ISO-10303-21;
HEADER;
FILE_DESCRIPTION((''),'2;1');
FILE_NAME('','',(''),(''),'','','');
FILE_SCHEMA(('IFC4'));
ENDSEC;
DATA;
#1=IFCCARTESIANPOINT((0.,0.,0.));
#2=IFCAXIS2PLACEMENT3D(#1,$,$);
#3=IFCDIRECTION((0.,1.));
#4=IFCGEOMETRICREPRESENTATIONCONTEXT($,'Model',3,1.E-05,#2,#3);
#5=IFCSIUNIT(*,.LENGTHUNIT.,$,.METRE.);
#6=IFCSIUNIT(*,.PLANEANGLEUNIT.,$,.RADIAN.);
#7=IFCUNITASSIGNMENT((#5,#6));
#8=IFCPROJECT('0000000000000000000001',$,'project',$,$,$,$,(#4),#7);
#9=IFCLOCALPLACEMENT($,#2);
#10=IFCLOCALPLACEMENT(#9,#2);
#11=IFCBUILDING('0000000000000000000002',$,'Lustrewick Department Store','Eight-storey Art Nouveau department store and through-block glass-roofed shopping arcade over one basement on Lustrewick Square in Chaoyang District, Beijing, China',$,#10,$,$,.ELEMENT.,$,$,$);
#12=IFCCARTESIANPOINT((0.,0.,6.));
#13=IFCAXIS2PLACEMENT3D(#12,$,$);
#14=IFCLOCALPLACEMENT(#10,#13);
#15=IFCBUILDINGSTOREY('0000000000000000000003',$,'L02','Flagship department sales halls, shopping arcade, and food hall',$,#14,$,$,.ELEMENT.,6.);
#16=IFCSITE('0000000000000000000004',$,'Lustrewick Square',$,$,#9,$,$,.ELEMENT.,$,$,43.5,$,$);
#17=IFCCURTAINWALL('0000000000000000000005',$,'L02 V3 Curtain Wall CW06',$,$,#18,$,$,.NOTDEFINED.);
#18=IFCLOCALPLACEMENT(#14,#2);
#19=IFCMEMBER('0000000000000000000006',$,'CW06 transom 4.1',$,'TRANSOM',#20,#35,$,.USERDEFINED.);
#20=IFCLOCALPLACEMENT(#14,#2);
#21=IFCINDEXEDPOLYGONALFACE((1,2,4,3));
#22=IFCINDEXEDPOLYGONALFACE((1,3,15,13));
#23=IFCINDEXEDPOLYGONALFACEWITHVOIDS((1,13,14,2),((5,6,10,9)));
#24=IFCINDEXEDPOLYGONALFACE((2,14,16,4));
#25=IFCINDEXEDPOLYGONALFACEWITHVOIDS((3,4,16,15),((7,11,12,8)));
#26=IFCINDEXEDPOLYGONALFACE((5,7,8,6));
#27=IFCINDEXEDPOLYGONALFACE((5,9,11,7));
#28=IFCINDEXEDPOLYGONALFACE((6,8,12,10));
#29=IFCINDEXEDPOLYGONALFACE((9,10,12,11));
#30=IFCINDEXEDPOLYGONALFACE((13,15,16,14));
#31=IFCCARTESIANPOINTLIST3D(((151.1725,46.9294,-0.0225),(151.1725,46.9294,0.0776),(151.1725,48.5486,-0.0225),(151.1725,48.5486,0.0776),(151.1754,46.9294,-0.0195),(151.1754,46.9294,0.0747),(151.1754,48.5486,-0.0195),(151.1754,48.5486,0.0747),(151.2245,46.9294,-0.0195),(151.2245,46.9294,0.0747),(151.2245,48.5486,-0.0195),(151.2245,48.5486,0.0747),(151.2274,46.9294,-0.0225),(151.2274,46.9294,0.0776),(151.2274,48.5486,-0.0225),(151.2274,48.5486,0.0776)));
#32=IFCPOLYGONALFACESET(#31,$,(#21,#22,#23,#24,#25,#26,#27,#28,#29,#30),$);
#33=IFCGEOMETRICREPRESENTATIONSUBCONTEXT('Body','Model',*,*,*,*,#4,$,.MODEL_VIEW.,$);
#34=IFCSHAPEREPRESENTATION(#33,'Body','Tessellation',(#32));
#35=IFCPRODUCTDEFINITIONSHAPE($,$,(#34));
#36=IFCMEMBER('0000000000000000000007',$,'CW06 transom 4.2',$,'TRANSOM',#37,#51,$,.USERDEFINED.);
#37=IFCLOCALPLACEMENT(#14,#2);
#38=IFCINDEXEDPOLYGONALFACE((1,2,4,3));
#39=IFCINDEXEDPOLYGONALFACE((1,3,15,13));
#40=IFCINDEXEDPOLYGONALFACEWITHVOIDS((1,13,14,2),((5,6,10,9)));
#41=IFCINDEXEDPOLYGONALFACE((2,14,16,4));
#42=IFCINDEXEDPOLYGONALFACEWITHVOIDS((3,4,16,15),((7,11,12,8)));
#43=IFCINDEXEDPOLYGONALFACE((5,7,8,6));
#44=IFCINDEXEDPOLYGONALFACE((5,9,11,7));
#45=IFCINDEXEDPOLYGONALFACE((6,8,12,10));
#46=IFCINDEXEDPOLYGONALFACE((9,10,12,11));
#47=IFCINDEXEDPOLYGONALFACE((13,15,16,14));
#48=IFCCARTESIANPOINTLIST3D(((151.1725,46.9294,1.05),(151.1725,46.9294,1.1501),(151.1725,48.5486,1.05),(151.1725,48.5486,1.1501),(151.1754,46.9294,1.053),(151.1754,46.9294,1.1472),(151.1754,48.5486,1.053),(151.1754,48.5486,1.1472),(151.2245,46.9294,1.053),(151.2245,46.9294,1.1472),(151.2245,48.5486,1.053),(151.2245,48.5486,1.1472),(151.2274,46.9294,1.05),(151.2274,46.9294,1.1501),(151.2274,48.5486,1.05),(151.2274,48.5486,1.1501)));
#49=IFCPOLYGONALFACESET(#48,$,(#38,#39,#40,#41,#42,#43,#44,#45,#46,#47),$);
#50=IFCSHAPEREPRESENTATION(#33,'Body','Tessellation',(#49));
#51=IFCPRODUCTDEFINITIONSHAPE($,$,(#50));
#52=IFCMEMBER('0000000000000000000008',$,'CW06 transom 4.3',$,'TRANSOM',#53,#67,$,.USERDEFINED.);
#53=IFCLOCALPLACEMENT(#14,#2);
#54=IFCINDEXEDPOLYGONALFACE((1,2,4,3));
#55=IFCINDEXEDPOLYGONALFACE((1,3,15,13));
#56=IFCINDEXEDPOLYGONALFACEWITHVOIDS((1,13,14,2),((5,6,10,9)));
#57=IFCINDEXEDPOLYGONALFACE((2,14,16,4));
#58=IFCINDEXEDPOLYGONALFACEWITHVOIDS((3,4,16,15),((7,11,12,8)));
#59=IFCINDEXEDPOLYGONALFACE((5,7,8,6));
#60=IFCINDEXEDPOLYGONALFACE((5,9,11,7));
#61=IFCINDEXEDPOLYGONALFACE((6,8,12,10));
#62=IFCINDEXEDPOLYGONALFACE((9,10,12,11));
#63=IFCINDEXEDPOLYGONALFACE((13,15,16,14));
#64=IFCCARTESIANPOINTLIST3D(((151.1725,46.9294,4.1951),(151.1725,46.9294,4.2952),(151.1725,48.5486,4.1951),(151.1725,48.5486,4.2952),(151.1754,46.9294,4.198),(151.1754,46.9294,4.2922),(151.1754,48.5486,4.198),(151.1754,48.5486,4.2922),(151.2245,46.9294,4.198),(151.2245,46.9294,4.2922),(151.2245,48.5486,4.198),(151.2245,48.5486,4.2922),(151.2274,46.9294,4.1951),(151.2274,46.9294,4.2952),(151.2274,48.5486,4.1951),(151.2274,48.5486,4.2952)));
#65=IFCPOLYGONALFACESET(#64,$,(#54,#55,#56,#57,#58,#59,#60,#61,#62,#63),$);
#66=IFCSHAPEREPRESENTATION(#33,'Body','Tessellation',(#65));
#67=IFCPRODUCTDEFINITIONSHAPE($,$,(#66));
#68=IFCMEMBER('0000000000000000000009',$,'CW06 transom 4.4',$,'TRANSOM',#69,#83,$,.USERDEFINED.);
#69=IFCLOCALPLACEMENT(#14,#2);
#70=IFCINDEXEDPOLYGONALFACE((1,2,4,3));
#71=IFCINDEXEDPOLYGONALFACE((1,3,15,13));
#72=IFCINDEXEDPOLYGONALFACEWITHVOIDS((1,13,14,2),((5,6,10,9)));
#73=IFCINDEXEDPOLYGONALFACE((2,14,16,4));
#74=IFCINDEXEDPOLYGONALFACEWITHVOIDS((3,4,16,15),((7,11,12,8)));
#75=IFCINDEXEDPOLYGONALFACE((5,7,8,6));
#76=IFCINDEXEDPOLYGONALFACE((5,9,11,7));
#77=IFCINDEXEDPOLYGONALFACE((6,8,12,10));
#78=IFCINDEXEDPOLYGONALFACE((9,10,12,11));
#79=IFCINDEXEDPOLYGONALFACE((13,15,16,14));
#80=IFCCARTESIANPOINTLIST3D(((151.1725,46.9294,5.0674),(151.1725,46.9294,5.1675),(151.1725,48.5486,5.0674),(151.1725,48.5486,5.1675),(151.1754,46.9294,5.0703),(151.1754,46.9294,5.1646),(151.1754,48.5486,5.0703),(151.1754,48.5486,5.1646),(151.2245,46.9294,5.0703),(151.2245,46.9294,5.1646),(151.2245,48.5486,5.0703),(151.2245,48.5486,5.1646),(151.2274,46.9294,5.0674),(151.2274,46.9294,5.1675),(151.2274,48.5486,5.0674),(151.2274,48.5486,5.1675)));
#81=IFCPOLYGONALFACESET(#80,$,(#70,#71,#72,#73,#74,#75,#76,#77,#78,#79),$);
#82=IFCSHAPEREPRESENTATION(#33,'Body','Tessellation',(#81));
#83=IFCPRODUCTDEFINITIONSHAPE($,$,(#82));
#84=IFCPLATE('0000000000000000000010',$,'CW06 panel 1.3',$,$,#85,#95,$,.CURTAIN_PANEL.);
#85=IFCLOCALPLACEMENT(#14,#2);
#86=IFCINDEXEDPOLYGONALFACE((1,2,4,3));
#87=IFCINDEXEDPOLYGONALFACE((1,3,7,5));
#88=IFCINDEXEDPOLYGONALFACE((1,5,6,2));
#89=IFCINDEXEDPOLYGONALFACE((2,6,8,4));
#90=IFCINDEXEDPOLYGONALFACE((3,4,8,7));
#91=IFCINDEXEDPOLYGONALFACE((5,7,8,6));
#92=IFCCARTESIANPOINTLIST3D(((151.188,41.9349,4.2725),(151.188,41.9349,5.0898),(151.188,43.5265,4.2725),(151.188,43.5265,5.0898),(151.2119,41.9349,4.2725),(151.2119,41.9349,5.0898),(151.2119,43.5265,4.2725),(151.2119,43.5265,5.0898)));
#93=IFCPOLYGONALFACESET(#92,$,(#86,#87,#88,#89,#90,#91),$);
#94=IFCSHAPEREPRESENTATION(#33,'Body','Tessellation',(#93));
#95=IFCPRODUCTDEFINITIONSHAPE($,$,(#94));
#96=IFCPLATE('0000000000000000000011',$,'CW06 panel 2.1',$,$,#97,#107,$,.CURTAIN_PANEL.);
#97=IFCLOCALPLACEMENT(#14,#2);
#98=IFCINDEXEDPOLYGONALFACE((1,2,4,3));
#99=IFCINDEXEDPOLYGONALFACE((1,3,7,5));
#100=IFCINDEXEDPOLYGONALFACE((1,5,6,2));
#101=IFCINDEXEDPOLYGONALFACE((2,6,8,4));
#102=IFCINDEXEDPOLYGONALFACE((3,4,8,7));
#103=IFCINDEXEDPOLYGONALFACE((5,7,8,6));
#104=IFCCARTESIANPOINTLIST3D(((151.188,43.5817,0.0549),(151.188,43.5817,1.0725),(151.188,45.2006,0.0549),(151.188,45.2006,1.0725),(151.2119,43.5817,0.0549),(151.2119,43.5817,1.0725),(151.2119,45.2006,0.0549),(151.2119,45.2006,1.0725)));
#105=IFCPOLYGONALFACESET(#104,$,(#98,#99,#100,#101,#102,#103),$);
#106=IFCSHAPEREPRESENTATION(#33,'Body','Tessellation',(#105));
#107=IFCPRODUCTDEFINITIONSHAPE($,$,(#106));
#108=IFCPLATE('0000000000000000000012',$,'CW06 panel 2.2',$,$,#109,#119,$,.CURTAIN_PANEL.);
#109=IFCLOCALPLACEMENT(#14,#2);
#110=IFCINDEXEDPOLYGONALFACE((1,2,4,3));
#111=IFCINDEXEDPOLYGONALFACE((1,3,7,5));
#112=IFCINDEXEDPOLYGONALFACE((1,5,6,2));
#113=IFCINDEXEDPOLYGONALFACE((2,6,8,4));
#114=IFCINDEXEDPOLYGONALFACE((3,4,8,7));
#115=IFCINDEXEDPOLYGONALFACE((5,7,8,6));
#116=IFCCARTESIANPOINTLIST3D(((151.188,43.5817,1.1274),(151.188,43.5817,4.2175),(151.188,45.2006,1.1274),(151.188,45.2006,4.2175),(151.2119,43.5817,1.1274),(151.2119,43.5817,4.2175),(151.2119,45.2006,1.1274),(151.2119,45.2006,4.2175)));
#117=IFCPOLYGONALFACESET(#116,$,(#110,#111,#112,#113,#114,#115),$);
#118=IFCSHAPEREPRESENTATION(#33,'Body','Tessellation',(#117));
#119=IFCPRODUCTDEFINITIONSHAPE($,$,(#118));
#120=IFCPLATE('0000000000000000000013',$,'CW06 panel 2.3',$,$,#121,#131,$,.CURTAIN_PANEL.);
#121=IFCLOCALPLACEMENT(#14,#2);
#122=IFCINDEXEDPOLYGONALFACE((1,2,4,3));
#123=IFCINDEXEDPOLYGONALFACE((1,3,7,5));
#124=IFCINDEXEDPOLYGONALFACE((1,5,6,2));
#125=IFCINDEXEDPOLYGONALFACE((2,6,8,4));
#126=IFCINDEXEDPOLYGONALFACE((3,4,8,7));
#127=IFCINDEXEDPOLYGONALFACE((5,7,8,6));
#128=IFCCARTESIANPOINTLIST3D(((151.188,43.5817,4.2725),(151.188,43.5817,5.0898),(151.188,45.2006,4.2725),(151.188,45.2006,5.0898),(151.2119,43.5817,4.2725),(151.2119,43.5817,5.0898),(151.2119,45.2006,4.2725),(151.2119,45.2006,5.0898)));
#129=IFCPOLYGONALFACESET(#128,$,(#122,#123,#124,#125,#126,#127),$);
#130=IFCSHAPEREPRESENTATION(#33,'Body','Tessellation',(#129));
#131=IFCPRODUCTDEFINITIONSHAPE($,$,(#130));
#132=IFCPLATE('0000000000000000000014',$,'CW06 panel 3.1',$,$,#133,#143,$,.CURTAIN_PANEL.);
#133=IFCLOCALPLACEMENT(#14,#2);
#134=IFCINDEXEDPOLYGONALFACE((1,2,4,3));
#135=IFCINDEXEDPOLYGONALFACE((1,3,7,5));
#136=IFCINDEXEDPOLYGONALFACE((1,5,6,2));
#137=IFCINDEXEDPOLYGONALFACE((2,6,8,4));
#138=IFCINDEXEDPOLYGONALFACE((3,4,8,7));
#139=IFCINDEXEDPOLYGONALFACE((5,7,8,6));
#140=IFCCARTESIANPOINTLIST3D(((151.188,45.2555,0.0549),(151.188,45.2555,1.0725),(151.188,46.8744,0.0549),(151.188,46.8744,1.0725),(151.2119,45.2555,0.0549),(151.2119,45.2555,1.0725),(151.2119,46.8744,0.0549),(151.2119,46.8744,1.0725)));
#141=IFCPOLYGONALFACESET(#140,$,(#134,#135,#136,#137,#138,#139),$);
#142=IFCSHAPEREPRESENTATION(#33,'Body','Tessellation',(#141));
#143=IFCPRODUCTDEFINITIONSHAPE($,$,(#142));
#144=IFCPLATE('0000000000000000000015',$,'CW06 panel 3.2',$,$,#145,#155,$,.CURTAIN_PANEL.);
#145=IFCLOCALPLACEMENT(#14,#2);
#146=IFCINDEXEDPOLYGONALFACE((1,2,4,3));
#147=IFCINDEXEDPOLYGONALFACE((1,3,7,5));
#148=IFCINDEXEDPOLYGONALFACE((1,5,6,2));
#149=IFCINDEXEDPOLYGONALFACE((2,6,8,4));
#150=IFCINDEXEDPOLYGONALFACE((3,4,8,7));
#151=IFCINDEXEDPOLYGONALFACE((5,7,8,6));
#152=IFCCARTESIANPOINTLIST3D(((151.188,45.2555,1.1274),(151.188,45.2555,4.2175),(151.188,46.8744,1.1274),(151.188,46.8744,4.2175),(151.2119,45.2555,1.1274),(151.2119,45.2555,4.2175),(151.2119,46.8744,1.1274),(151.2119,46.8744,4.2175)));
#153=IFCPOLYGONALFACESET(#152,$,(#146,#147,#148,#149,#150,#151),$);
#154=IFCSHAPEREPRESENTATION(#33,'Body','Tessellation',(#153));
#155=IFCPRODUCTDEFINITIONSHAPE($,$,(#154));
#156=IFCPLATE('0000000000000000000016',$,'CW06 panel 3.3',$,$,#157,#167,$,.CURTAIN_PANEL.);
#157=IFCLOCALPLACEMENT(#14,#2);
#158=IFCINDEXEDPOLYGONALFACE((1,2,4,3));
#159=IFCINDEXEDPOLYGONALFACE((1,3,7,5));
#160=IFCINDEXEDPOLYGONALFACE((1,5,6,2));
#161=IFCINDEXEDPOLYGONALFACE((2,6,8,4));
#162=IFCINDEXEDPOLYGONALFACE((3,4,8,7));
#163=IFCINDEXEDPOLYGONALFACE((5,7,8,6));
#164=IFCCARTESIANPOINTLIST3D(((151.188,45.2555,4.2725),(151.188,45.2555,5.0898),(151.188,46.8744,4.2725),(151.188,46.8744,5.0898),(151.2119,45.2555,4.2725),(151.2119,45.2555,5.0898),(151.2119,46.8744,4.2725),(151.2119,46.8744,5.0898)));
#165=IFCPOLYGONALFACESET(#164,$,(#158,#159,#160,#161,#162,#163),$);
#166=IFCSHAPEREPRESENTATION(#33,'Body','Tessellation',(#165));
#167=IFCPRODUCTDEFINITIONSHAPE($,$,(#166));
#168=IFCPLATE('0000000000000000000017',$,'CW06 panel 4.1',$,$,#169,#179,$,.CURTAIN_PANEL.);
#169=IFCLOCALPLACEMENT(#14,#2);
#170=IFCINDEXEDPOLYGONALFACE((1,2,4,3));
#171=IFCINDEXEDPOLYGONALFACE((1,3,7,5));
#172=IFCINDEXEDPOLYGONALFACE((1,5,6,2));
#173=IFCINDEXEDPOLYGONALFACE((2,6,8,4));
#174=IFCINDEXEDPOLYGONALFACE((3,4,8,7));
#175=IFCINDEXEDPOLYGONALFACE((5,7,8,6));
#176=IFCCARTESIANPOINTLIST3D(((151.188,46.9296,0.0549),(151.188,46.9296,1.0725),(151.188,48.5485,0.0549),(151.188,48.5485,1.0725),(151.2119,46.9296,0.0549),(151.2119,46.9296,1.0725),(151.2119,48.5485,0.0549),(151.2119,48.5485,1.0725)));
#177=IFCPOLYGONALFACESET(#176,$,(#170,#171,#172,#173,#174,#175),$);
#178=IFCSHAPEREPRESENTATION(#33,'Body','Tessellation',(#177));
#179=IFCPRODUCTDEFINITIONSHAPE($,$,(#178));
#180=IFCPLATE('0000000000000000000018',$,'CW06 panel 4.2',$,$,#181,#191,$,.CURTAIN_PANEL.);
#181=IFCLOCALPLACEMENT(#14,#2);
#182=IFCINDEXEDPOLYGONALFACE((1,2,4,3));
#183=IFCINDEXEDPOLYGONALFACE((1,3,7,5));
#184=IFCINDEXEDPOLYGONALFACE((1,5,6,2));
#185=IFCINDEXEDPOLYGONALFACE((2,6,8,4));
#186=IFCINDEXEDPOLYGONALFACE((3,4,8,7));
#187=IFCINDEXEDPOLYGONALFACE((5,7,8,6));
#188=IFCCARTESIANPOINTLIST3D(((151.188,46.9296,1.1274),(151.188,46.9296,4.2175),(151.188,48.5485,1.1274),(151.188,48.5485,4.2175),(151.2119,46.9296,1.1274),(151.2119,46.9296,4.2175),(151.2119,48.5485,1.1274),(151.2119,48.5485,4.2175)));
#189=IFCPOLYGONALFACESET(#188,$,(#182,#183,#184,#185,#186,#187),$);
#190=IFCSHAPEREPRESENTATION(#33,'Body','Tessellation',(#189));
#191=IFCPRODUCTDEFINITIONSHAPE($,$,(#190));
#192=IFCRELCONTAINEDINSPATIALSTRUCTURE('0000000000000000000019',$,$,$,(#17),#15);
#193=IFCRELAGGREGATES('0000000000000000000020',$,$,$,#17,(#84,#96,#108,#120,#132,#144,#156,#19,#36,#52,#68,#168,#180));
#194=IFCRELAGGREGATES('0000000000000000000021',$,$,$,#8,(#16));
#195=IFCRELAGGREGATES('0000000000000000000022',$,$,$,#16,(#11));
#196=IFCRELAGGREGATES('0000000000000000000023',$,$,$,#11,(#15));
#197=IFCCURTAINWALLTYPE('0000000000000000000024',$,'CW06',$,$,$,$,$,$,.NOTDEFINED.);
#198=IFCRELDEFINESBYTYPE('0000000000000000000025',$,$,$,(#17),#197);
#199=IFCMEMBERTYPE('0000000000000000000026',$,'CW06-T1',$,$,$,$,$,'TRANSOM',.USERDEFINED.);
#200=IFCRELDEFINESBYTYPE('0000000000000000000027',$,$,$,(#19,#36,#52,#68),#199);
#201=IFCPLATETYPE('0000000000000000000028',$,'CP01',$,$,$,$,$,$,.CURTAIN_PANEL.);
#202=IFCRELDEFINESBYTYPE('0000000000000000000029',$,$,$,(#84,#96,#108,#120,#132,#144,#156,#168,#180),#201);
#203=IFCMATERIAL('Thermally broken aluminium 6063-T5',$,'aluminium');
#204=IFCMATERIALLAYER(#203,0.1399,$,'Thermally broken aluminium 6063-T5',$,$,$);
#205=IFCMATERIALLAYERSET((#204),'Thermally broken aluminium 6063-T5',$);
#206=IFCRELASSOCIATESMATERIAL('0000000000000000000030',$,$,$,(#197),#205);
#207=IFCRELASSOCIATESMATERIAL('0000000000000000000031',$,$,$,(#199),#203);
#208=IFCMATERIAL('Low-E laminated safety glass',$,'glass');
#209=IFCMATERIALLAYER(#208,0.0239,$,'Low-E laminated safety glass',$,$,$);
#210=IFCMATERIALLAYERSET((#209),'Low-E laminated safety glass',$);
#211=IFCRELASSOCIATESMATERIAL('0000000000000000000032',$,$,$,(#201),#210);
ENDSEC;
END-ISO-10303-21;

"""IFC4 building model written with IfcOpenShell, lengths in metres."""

from ifc_helpers import new_model, si_unit, direction, frame, origin, origin_2d, place, context, subcontext, project, spatial, rectangle, hollow_rectangle, extrude, material, layer, layer_set, material_profile, profile_set, type_object, element, aggregate, save


model = new_model("IFC4")

# Units and contexts
model_context = context("Model", 3, precision=1e-05, world=origin(), true_north=direction((0.0, 1.0)))
body_context = subcontext(model_context, "Body", "Model", "MODEL_VIEW")
ifc_project = project(units=[si_unit("LENGTHUNIT", "METRE"), si_unit("PLANEANGLEUNIT", "RADIAN")], contexts=[model_context])

# Site, building, storey
site_placement = place(None, origin())
site = spatial("IfcSite", under=ifc_project, at=site_placement, Name="Lustrewick Square", CompositionType="ELEMENT", RefElevation=43.5)
building_placement = place(site_placement, origin())
building = spatial("IfcBuilding", under=site, at=building_placement, Name="Lustrewick Department Store", Description="Eight-storey Art Nouveau department store and through-block glass-roofed shopping arcade over one basement on Lustrewick Square in Chaoyang District, Beijing, China", CompositionType="ELEMENT")
storey_placement = place(building_placement, frame((0.0, 0.0, 6.0)))
storey = spatial("IfcBuildingStorey", under=building, at=storey_placement, Name="L02", Description="Flagship department sales halls, shopping arcade, and food hall", CompositionType="ELEMENT", Elevation=6.0)

# Curtain wall, members, plates
ifc_material_1 = material(Name="Thermally broken aluminium 6063-T5", Category="aluminium")
ifc_layer_1 = layer(ifc_material_1, 0.1399, Name="Thermally broken aluminium 6063-T5")
ifc_layer_set_1 = layer_set([ifc_layer_1], Name="Thermally broken aluminium 6063-T5")
curtain_wall_type = type_object("IfcCurtainWallType", Name="CW06", PredefinedType="NOTDEFINED", material=ifc_layer_set_1)
curtain_wall_placement = place(storey_placement, origin())
curtain_wall = element("IfcCurtainWall", 1, at=curtain_wall_placement, inside=storey, type_object=curtain_wall_type, Name="L02 V3 Curtain Wall CW06", PredefinedType="NOTDEFINED")
ifc_material_profile_1 = material_profile(ifc_material_1, hollow_rectangle(XDim=0.0549, YDim=0.1001, WallThickness=0.0029, at=origin_2d()), Name="ALU-T 55x100x3")
ifc_profile_set_1 = profile_set([ifc_material_profile_1], Name="Thermally broken aluminium 6063-T5")
member_type_1 = type_object("IfcMemberType", Name="CW06-T1", ElementType="TRANSOM", PredefinedType="USERDEFINED", material=ifc_profile_set_1)
member_1_placement = place(storey_placement, frame((151.2, 46.9294, 0.0276), z_axis=(0.0, 1.0, 0.0), x_axis=(-1.0, 0.0, 0.0)))
member_1 = element("IfcMember", 2, at=member_1_placement, type_object=member_type_1, Name="CW06 transom 4.1", ObjectType="TRANSOM", PredefinedType="USERDEFINED", context=body_context, shape_type="SweptSolid", body=[
    extrude(hollow_rectangle(XDim=0.0549, YDim=0.1001, WallThickness=0.0029, at=origin_2d()), origin(), (0.0, 0.0, 1.0), 1.6191),
])
member_2_placement = place(storey_placement, frame((151.2, 46.9294, 1.1001), z_axis=(0.0, 1.0, 0.0), x_axis=(-1.0, 0.0, 0.0)))
member_2 = element("IfcMember", 3, at=member_2_placement, type_object=member_type_1, Name="CW06 transom 4.2", ObjectType="TRANSOM", PredefinedType="USERDEFINED", context=body_context, shape_type="SweptSolid", body=[
    extrude(hollow_rectangle(XDim=0.0549, YDim=0.1001, WallThickness=0.0029, at=origin_2d()), origin(), (0.0, 0.0, 1.0), 1.6191),
])
member_3_placement = place(storey_placement, frame((151.2, 46.9294, 4.2451), z_axis=(0.0, 1.0, 0.0), x_axis=(-1.0, 0.0, 0.0)))
member_3 = element("IfcMember", 4, at=member_3_placement, type_object=member_type_1, Name="CW06 transom 4.3", ObjectType="TRANSOM", PredefinedType="USERDEFINED", context=body_context, shape_type="SweptSolid", body=[
    extrude(hollow_rectangle(XDim=0.0549, YDim=0.1001, WallThickness=0.0029, at=origin_2d()), origin(), (0.0, 0.0, 1.0), 1.6191),
])
member_4_placement = place(storey_placement, frame((151.2, 46.9294, 5.1174), z_axis=(0.0, 1.0, 0.0), x_axis=(-1.0, 0.0, 0.0)))
member_4 = element("IfcMember", 5, at=member_4_placement, type_object=member_type_1, Name="CW06 transom 4.4", ObjectType="TRANSOM", PredefinedType="USERDEFINED", context=body_context, shape_type="SweptSolid", body=[
    extrude(hollow_rectangle(XDim=0.0549, YDim=0.1001, WallThickness=0.0029, at=origin_2d()), origin(), (0.0, 0.0, 1.0), 1.6191),
])
ifc_material_2 = material(Name="Low-E laminated safety glass", Category="glass")
ifc_layer_2 = layer(ifc_material_2, 0.0239, Name="Low-E laminated safety glass")
ifc_layer_set_2 = layer_set([ifc_layer_2], Name="Low-E laminated safety glass")
plate_type_1 = type_object("IfcPlateType", Name="CP01", PredefinedType="CURTAIN_PANEL", material=ifc_layer_set_2)
plate_1_placement = place(storey_placement, frame((151.2, 42.7307, 4.2725), z_axis=(0.0, 0.0, 1.0), x_axis=(0.0, 1.0, 0.0)))
plate_1 = element("IfcPlate", 6, at=plate_1_placement, type_object=plate_type_1, Name="CW06 panel 1.3", PredefinedType="CURTAIN_PANEL", context=body_context, shape_type="SweptSolid", body=[
    extrude(rectangle(XDim=1.5916, YDim=0.0239, at=origin_2d()), origin(), (0.0, 0.0, 1.0), 0.8174),
])
plate_2_placement = place(storey_placement, frame((151.2, 44.3911, 0.0549), z_axis=(0.0, 0.0, 1.0), x_axis=(0.0, 1.0, 0.0)))
plate_2 = element("IfcPlate", 7, at=plate_2_placement, type_object=plate_type_1, Name="CW06 panel 2.1", PredefinedType="CURTAIN_PANEL", context=body_context, shape_type="SweptSolid", body=[
    extrude(rectangle(XDim=1.6189, YDim=0.0239, at=origin_2d()), origin(), (0.0, 0.0, 1.0), 1.0176),
])
plate_3_placement = place(storey_placement, frame((151.2, 44.3911, 1.1274), z_axis=(0.0, 0.0, 1.0), x_axis=(0.0, 1.0, 0.0)))
plate_3 = element("IfcPlate", 8, at=plate_3_placement, type_object=plate_type_1, Name="CW06 panel 2.2", PredefinedType="CURTAIN_PANEL", context=body_context, shape_type="SweptSolid", body=[
    extrude(rectangle(XDim=1.6189, YDim=0.0239, at=origin_2d()), origin(), (0.0, 0.0, 1.0), 3.0901),
])
plate_4_placement = place(storey_placement, frame((151.2, 44.3911, 4.2725), z_axis=(0.0, 0.0, 1.0), x_axis=(0.0, 1.0, 0.0)))
plate_4 = element("IfcPlate", 9, at=plate_4_placement, type_object=plate_type_1, Name="CW06 panel 2.3", PredefinedType="CURTAIN_PANEL", context=body_context, shape_type="SweptSolid", body=[
    extrude(rectangle(XDim=1.6189, YDim=0.0239, at=origin_2d()), origin(), (0.0, 0.0, 1.0), 0.8174),
])
plate_5_placement = place(storey_placement, frame((151.2, 46.0649, 0.0549), z_axis=(0.0, 0.0, 1.0), x_axis=(0.0, 1.0, 0.0)))
plate_5 = element("IfcPlate", 10, at=plate_5_placement, type_object=plate_type_1, Name="CW06 panel 3.1", PredefinedType="CURTAIN_PANEL", context=body_context, shape_type="SweptSolid", body=[
    extrude(rectangle(XDim=1.6189, YDim=0.0239, at=origin_2d()), origin(), (0.0, 0.0, 1.0), 1.0176),
])
plate_6_placement = place(storey_placement, frame((151.2, 46.0649, 1.1274), z_axis=(0.0, 0.0, 1.0), x_axis=(0.0, 1.0, 0.0)))
plate_6 = element("IfcPlate", 11, at=plate_6_placement, type_object=plate_type_1, Name="CW06 panel 3.2", PredefinedType="CURTAIN_PANEL", context=body_context, shape_type="SweptSolid", body=[
    extrude(rectangle(XDim=1.6189, YDim=0.0239, at=origin_2d()), origin(), (0.0, 0.0, 1.0), 3.0901),
])
plate_7_placement = place(storey_placement, frame((151.2, 46.0649, 4.2725), z_axis=(0.0, 0.0, 1.0), x_axis=(0.0, 1.0, 0.0)))
plate_7 = element("IfcPlate", 12, at=plate_7_placement, type_object=plate_type_1, Name="CW06 panel 3.3", PredefinedType="CURTAIN_PANEL", context=body_context, shape_type="SweptSolid", body=[
    extrude(rectangle(XDim=1.6189, YDim=0.0239, at=origin_2d()), origin(), (0.0, 0.0, 1.0), 0.8174),
])
plate_8_placement = place(storey_placement, frame((151.2, 47.739, 0.0549), z_axis=(0.0, 0.0, 1.0), x_axis=(0.0, 1.0, 0.0)))
plate_8 = element("IfcPlate", 13, at=plate_8_placement, type_object=plate_type_1, Name="CW06 panel 4.1", PredefinedType="CURTAIN_PANEL", context=body_context, shape_type="SweptSolid", body=[
    extrude(rectangle(XDim=1.6189, YDim=0.0239, at=origin_2d()), origin(), (0.0, 0.0, 1.0), 1.0176),
])
plate_9_placement = place(storey_placement, frame((151.2, 47.739, 1.1274), z_axis=(0.0, 0.0, 1.0), x_axis=(0.0, 1.0, 0.0)))
plate_9 = element("IfcPlate", 14, at=plate_9_placement, type_object=plate_type_1, Name="CW06 panel 4.2", PredefinedType="CURTAIN_PANEL", context=body_context, shape_type="SweptSolid", body=[
    extrude(rectangle(XDim=1.6189, YDim=0.0239, at=origin_2d()), origin(), (0.0, 0.0, 1.0), 3.0901),
])
aggregate(curtain_wall, [plate_1, plate_2, plate_3, plate_4, plate_5, plate_6, plate_7, member_1, member_2, member_3, member_4, plate_8, plate_9])

save(model, "model.ifc")
